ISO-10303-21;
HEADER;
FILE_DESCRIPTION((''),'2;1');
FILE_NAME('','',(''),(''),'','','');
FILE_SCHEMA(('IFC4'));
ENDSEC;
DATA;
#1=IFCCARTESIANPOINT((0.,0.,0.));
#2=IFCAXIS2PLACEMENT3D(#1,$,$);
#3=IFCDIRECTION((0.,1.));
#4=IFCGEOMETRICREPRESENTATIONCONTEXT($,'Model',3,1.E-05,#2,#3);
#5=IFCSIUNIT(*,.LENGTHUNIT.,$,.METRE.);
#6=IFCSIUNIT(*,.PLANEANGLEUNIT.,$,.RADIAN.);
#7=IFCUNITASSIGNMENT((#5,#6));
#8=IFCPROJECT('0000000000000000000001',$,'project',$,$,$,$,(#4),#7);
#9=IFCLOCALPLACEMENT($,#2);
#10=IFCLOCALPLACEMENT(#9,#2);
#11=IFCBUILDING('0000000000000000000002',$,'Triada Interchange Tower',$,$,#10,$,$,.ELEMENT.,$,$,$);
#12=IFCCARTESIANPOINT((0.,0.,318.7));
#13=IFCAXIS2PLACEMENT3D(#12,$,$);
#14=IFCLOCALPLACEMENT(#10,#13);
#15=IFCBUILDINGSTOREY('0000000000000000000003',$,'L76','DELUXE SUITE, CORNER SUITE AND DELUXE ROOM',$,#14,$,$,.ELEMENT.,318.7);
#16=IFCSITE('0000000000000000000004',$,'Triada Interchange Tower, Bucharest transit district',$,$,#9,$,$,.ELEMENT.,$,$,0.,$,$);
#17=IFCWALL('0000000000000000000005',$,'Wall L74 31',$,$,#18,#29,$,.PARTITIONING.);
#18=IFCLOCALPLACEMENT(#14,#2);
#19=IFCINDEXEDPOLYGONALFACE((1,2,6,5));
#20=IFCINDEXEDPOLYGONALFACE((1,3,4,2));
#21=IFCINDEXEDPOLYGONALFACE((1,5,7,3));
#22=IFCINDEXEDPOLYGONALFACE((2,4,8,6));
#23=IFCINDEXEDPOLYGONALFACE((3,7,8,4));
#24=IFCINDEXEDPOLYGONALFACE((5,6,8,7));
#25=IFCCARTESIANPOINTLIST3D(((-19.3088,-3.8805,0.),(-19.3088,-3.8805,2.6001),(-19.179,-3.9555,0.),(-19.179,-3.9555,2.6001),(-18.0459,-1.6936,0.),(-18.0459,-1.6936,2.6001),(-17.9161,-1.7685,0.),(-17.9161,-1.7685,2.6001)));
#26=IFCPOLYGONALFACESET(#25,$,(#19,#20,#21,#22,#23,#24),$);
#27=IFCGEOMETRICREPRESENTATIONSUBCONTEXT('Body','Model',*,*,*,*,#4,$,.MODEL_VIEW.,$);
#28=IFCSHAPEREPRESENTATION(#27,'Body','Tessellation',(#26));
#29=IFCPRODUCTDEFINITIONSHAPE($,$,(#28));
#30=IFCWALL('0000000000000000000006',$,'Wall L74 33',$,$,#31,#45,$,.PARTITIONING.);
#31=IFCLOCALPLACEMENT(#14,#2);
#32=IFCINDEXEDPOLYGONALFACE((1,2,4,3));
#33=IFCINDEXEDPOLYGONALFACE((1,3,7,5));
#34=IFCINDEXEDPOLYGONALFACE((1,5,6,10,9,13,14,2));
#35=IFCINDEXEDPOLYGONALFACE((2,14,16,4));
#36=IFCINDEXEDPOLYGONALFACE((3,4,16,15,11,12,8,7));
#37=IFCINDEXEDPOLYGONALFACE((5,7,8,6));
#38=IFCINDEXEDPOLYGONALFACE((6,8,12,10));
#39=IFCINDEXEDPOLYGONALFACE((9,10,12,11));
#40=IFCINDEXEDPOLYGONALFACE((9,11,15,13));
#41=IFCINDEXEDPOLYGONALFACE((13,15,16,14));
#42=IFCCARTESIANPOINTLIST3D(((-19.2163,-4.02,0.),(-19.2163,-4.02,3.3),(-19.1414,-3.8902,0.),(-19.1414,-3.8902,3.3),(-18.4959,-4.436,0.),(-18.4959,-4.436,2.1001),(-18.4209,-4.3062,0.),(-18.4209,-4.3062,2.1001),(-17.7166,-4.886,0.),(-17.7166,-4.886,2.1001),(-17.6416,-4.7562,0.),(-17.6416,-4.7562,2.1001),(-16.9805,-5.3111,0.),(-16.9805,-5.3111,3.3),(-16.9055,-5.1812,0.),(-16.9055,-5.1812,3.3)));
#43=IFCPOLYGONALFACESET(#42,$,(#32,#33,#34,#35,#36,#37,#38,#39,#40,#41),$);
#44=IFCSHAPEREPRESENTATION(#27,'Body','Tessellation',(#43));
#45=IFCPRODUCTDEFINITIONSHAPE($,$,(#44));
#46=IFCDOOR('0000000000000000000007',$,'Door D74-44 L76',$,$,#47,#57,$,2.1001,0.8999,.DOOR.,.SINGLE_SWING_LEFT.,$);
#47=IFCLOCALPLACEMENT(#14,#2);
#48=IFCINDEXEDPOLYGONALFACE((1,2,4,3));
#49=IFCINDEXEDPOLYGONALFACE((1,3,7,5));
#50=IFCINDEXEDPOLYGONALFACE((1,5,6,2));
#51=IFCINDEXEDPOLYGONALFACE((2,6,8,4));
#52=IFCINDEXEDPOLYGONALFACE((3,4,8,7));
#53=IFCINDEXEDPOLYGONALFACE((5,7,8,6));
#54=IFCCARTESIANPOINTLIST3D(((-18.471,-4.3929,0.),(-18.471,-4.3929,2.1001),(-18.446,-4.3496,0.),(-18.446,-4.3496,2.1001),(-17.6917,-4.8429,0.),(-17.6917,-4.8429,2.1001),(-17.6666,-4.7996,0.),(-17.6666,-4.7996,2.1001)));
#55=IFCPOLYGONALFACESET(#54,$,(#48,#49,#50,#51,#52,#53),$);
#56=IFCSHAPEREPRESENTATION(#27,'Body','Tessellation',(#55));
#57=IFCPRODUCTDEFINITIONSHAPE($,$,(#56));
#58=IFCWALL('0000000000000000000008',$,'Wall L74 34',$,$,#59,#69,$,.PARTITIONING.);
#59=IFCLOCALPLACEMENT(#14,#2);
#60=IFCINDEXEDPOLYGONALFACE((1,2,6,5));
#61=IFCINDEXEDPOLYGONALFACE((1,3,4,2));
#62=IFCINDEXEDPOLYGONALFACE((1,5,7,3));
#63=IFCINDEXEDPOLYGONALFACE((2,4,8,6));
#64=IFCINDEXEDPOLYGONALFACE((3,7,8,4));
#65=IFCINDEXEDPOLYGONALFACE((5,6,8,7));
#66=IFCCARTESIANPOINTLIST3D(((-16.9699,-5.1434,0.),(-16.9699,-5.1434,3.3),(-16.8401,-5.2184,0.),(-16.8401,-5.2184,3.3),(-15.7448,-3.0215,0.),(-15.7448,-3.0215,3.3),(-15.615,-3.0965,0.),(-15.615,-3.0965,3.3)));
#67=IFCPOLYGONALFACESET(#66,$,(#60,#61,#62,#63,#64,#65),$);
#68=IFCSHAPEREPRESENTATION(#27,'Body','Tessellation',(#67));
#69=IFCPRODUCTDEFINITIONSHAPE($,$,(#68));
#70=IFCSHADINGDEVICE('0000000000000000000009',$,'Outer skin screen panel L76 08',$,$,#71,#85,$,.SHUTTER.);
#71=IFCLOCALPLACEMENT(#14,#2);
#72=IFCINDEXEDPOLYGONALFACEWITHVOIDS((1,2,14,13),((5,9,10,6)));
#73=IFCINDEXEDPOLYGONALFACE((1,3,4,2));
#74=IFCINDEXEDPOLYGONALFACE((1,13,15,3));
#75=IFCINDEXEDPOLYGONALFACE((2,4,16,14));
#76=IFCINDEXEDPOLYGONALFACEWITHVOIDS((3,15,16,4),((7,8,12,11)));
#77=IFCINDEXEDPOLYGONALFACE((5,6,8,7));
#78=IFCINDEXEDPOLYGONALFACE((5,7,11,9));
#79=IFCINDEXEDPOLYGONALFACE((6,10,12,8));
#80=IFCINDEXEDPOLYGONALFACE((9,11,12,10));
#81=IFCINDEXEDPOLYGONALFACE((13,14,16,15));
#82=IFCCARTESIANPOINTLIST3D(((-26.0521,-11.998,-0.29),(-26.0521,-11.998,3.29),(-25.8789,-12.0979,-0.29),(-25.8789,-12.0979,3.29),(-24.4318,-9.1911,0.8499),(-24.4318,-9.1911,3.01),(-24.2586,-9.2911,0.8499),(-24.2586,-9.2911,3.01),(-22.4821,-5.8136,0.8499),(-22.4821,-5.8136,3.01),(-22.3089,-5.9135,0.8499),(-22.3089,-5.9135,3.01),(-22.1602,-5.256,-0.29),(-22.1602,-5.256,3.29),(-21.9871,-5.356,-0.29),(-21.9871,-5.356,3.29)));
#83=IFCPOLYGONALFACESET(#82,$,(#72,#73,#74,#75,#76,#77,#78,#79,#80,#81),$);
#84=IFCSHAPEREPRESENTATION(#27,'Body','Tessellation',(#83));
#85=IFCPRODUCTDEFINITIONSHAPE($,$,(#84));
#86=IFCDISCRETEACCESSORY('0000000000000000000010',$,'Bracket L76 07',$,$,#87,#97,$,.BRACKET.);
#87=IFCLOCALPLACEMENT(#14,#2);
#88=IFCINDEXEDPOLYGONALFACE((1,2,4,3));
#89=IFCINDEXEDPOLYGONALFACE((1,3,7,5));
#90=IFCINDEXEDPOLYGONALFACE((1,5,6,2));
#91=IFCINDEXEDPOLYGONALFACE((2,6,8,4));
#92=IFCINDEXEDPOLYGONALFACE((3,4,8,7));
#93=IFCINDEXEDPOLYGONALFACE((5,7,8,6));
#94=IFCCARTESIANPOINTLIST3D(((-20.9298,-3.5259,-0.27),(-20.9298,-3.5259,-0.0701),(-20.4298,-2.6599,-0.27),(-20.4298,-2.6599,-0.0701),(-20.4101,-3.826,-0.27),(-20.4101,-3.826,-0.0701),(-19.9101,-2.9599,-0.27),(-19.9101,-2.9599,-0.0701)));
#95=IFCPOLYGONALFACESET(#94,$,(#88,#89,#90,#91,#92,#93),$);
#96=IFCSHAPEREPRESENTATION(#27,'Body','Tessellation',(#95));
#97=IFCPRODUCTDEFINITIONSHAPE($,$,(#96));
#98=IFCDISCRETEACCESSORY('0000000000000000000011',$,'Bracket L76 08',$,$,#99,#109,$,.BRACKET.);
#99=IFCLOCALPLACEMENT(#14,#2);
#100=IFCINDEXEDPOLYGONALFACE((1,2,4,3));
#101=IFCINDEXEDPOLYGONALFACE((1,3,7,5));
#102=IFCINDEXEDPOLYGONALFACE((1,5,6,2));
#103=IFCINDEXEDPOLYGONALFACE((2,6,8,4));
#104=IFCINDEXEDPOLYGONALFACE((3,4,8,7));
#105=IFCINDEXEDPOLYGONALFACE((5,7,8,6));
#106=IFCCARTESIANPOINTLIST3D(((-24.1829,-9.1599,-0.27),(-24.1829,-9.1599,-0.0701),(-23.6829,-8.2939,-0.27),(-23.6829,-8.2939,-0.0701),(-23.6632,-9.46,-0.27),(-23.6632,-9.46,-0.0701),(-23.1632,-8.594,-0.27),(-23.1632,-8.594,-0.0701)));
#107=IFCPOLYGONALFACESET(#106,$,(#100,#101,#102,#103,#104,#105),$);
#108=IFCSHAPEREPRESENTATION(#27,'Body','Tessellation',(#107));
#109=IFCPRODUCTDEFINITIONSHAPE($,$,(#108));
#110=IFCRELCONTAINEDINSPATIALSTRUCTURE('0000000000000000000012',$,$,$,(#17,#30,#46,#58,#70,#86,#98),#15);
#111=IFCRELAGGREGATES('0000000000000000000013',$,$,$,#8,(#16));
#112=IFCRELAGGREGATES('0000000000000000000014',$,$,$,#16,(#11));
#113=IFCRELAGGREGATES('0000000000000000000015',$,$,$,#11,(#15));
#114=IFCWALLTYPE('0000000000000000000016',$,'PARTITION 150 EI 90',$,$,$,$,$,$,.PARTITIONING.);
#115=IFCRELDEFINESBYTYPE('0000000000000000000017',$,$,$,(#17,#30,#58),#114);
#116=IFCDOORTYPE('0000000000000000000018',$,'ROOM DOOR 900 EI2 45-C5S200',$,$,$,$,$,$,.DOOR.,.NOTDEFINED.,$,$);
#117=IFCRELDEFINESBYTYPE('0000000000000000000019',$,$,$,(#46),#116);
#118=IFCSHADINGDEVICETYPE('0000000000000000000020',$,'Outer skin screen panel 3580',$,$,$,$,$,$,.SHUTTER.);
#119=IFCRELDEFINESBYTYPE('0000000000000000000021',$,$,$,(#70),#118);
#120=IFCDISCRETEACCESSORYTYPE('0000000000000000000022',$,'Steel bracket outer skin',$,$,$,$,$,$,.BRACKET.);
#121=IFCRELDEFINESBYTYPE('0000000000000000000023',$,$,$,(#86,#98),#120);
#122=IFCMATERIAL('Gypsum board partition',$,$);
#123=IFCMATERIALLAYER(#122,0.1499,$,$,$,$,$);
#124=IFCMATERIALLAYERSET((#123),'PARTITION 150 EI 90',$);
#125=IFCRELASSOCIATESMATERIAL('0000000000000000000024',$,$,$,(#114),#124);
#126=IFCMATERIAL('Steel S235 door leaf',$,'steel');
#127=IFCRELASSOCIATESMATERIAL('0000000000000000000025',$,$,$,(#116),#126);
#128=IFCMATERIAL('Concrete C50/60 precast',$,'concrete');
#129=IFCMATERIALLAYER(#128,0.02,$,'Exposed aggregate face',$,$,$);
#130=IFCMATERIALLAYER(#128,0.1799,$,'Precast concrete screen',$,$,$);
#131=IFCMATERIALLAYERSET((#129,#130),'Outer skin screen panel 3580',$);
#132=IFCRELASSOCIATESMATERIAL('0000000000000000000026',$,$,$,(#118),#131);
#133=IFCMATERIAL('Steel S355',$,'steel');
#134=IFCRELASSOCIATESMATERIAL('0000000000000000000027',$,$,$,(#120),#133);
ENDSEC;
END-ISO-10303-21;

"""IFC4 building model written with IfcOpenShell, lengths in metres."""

from ifc_helpers import new_model, si_unit, direction, frame, frame_2d, origin, origin_2d, place, context, subcontext, project, spatial, polyline, rectangle, outline, extrude, material, layer, layer_set, type_object, element, fill, save


model = new_model("IFC4")

# Units and contexts
model_context = context("Model", 3, precision=1e-05, world=origin(), true_north=direction((0.0, 1.0)))
body_context = subcontext(model_context, "Body", "Model", "MODEL_VIEW")
ifc_project = project(units=[si_unit("LENGTHUNIT", "METRE"), si_unit("PLANEANGLEUNIT", "RADIAN")], contexts=[model_context])

# Site, building, storey
site_placement = place(None, origin())
site = spatial("IfcSite", under=ifc_project, at=site_placement, Name="Triada Interchange Tower, Bucharest transit district", CompositionType="ELEMENT", RefElevation=0.0)
building_placement = place(site_placement, origin())
building = spatial("IfcBuilding", under=site, at=building_placement, Name="Triada Interchange Tower", CompositionType="ELEMENT")
storey_placement = place(building_placement, frame((0.0, 0.0, 318.7)))
storey = spatial("IfcBuildingStorey", under=building, at=storey_placement, Name="L76", Description="DELUXE SUITE, CORNER SUITE AND DELUXE ROOM", CompositionType="ELEMENT", Elevation=318.7)

# Shared definitions
ifc_material_1 = material(Name="Gypsum board partition")
ifc_material_2 = material(Name="Steel S235 door leaf", Category="steel")

# Wall
ifc_layer_1 = layer(ifc_material_1, 0.1499)
ifc_layer_set_1 = layer_set([ifc_layer_1], Name="PARTITION 150 EI 90")
wall_type_1 = type_object("IfcWallType", Name="PARTITION 150 EI 90", PredefinedType="PARTITIONING", material=ifc_layer_set_1)
wall_1_placement = place(storey_placement, frame((-19.2439, -3.918, 0.0), z_axis=(0.0, 0.0, 1.0), x_axis=(0.500079, 0.86598, 0.0)))
element("IfcWall", 1, at=wall_1_placement, inside=storey, type_object=wall_type_1, Name="Wall L74 31", PredefinedType="PARTITIONING", context=body_context, shape_type="SweptSolid", body=[
    extrude(rectangle(XDim=2.5254, YDim=0.1499, at=frame_2d((1.2627, 0.0))), origin(), (0.0, 0.0, 1.0), 2.6001),
])

# Wall, opening, door
wall_2_placement = place(storey_placement, frame((-19.179, -3.9551, 0.0), z_axis=(0.0, 0.0, 1.0), x_axis=(0.866, -0.500044, 0.0)))
wall_2 = element("IfcWall", 2, at=wall_2_placement, inside=storey, type_object=wall_type_1, Name="Wall L74 33", PredefinedType="PARTITIONING", context=body_context, shape_type="SweptSolid", body=[
    extrude(rectangle(XDim=2.5818, YDim=0.1499, at=frame_2d((1.291, 0.0))), origin(), (0.0, 0.0, 1.0), 3.3),
])
opening_1_placement = place(wall_2_placement, frame((0.832, 0.0, 0.0)))
opening_1 = element("IfcOpeningElement", 3, at=opening_1_placement, cuts=wall_2, PredefinedType="OPENING", context=body_context, shape_type="SweptSolid", body=[
    extrude(rectangle(XDim=0.8999, YDim=2.1001, at=frame_2d((0.45, 1.05))), frame((0.0, 0.085, 0.0), z_axis=(0.0, -1.0, 0.0), x_axis=(1.0, 0.0, 0.0)), (0.0, 0.0, 1.0), 0.1699),
])
door_type_1 = type_object("IfcDoorType", Name="ROOM DOOR 900 EI2 45-C5S200", OperationType="NOTDEFINED", PredefinedType="DOOR", material=ifc_material_2)
door_1_placement = place(opening_1_placement, origin())
door_1 = element("IfcDoor", 4, at=door_1_placement, inside=storey, type_object=door_type_1, Name="Door D74-44 L76", OperationType="SINGLE_SWING_LEFT", OverallHeight=2.1001, OverallWidth=0.8999, PredefinedType="DOOR", context=body_context, shape_type="SweptSolid", body=[
    extrude(rectangle(XDim=0.8999, YDim=2.1001, at=frame_2d((0.45, 1.05))), frame((0.0, 0.0249, 0.0), z_axis=(0.0, -1.0, 0.0), x_axis=(1.0, 0.0, 0.0)), (0.0, 0.0, 1.0), 0.05),
])
fill(opening_1, door_1)

# Wall
wall_3_placement = place(storey_placement, frame((-16.905, -5.1809, 0.0), z_axis=(0.0, 0.0, 1.0), x_axis=(0.500019, 0.866015, 0.0)))
element("IfcWall", 5, at=wall_3_placement, inside=storey, type_object=wall_type_1, Name="Wall L74 34", PredefinedType="PARTITIONING", context=body_context, shape_type="SweptSolid", body=[
    extrude(rectangle(XDim=2.4502, YDim=0.1499, at=frame_2d((1.2251, 0.0))), origin(), (0.0, 0.0, 1.0), 3.3),
])

# Shading device
ifc_material_3 = material(Name="Concrete C50/60 precast", Category="concrete")
ifc_layer_2 = layer(ifc_material_3, 0.02, Name="Exposed aggregate face")
ifc_layer_3 = layer(ifc_material_3, 0.1799, Name="Precast concrete screen")
ifc_layer_set_2 = layer_set([ifc_layer_2, ifc_layer_3], Name="Outer skin screen panel 3580")
shading_device_type = type_object("IfcShadingDeviceType", Name="Outer skin screen panel 3580", PredefinedType="SHUTTER", material=ifc_layer_set_2)
shading_device_placement = place(storey_placement, frame((-21.9871, -5.356, -0.29), z_axis=(0.0, 0.0, 1.0), x_axis=(-0.499941, -0.86606, 0.0)))
element("IfcShadingDevice", 6, at=shading_device_placement, inside=storey, type_object=shading_device_type, Name="Outer skin screen panel L76 08", PredefinedType="SHUTTER", context=body_context, shape_type="SweptSolid", body=[
    extrude(outline(polyline([(0.0, 0.0), (7.7847, 0.0), (7.7847, 3.5801), (0.0, 3.5801), (0.0, 0.0)]), holes=[polyline([(0.6438, 1.1399), (0.6438, 3.3), (4.5437, 3.3), (4.5437, 1.1399), (0.6438, 1.1399)])]), frame((0.0, 0.0, 0.0), z_axis=(0.0, -1.0, 0.0), x_axis=(1.0, 0.0, 0.0)), (0.0, 0.0, 1.0), 0.2),
])

# Discrete accessories
ifc_material_4 = material(Name="Steel S355", Category="steel")
discrete_accessory_type = type_object("IfcDiscreteAccessoryType", Name="Steel bracket outer skin", PredefinedType="BRACKET", material=ifc_material_4)
for number, where, z_axis, x_axis, name in (
    (7, (-20.4199, -3.2429, -0.27), (0.0, 0.0, 1.0), (-0.866025, 0.500001, 0.0), "Bracket L76 07"),
    (8, (-23.6731, -8.877, -0.27), (0.0, 0.0, 1.0), (-0.866025, 0.500001, 0.0), "Bracket L76 08"),
):
    element("IfcDiscreteAccessory", number, at=place(storey_placement, frame(where, z_axis=z_axis, x_axis=x_axis)), inside=storey, type_object=discrete_accessory_type, Name=name, PredefinedType="BRACKET", context=body_context, shape_type="SweptSolid", body=[
        extrude(rectangle(XDim=0.6001, YDim=1.0, at=origin_2d()), origin(), (0.0, 0.0, 1.0), 0.2),
    ])

save(model, "model.ifc")
